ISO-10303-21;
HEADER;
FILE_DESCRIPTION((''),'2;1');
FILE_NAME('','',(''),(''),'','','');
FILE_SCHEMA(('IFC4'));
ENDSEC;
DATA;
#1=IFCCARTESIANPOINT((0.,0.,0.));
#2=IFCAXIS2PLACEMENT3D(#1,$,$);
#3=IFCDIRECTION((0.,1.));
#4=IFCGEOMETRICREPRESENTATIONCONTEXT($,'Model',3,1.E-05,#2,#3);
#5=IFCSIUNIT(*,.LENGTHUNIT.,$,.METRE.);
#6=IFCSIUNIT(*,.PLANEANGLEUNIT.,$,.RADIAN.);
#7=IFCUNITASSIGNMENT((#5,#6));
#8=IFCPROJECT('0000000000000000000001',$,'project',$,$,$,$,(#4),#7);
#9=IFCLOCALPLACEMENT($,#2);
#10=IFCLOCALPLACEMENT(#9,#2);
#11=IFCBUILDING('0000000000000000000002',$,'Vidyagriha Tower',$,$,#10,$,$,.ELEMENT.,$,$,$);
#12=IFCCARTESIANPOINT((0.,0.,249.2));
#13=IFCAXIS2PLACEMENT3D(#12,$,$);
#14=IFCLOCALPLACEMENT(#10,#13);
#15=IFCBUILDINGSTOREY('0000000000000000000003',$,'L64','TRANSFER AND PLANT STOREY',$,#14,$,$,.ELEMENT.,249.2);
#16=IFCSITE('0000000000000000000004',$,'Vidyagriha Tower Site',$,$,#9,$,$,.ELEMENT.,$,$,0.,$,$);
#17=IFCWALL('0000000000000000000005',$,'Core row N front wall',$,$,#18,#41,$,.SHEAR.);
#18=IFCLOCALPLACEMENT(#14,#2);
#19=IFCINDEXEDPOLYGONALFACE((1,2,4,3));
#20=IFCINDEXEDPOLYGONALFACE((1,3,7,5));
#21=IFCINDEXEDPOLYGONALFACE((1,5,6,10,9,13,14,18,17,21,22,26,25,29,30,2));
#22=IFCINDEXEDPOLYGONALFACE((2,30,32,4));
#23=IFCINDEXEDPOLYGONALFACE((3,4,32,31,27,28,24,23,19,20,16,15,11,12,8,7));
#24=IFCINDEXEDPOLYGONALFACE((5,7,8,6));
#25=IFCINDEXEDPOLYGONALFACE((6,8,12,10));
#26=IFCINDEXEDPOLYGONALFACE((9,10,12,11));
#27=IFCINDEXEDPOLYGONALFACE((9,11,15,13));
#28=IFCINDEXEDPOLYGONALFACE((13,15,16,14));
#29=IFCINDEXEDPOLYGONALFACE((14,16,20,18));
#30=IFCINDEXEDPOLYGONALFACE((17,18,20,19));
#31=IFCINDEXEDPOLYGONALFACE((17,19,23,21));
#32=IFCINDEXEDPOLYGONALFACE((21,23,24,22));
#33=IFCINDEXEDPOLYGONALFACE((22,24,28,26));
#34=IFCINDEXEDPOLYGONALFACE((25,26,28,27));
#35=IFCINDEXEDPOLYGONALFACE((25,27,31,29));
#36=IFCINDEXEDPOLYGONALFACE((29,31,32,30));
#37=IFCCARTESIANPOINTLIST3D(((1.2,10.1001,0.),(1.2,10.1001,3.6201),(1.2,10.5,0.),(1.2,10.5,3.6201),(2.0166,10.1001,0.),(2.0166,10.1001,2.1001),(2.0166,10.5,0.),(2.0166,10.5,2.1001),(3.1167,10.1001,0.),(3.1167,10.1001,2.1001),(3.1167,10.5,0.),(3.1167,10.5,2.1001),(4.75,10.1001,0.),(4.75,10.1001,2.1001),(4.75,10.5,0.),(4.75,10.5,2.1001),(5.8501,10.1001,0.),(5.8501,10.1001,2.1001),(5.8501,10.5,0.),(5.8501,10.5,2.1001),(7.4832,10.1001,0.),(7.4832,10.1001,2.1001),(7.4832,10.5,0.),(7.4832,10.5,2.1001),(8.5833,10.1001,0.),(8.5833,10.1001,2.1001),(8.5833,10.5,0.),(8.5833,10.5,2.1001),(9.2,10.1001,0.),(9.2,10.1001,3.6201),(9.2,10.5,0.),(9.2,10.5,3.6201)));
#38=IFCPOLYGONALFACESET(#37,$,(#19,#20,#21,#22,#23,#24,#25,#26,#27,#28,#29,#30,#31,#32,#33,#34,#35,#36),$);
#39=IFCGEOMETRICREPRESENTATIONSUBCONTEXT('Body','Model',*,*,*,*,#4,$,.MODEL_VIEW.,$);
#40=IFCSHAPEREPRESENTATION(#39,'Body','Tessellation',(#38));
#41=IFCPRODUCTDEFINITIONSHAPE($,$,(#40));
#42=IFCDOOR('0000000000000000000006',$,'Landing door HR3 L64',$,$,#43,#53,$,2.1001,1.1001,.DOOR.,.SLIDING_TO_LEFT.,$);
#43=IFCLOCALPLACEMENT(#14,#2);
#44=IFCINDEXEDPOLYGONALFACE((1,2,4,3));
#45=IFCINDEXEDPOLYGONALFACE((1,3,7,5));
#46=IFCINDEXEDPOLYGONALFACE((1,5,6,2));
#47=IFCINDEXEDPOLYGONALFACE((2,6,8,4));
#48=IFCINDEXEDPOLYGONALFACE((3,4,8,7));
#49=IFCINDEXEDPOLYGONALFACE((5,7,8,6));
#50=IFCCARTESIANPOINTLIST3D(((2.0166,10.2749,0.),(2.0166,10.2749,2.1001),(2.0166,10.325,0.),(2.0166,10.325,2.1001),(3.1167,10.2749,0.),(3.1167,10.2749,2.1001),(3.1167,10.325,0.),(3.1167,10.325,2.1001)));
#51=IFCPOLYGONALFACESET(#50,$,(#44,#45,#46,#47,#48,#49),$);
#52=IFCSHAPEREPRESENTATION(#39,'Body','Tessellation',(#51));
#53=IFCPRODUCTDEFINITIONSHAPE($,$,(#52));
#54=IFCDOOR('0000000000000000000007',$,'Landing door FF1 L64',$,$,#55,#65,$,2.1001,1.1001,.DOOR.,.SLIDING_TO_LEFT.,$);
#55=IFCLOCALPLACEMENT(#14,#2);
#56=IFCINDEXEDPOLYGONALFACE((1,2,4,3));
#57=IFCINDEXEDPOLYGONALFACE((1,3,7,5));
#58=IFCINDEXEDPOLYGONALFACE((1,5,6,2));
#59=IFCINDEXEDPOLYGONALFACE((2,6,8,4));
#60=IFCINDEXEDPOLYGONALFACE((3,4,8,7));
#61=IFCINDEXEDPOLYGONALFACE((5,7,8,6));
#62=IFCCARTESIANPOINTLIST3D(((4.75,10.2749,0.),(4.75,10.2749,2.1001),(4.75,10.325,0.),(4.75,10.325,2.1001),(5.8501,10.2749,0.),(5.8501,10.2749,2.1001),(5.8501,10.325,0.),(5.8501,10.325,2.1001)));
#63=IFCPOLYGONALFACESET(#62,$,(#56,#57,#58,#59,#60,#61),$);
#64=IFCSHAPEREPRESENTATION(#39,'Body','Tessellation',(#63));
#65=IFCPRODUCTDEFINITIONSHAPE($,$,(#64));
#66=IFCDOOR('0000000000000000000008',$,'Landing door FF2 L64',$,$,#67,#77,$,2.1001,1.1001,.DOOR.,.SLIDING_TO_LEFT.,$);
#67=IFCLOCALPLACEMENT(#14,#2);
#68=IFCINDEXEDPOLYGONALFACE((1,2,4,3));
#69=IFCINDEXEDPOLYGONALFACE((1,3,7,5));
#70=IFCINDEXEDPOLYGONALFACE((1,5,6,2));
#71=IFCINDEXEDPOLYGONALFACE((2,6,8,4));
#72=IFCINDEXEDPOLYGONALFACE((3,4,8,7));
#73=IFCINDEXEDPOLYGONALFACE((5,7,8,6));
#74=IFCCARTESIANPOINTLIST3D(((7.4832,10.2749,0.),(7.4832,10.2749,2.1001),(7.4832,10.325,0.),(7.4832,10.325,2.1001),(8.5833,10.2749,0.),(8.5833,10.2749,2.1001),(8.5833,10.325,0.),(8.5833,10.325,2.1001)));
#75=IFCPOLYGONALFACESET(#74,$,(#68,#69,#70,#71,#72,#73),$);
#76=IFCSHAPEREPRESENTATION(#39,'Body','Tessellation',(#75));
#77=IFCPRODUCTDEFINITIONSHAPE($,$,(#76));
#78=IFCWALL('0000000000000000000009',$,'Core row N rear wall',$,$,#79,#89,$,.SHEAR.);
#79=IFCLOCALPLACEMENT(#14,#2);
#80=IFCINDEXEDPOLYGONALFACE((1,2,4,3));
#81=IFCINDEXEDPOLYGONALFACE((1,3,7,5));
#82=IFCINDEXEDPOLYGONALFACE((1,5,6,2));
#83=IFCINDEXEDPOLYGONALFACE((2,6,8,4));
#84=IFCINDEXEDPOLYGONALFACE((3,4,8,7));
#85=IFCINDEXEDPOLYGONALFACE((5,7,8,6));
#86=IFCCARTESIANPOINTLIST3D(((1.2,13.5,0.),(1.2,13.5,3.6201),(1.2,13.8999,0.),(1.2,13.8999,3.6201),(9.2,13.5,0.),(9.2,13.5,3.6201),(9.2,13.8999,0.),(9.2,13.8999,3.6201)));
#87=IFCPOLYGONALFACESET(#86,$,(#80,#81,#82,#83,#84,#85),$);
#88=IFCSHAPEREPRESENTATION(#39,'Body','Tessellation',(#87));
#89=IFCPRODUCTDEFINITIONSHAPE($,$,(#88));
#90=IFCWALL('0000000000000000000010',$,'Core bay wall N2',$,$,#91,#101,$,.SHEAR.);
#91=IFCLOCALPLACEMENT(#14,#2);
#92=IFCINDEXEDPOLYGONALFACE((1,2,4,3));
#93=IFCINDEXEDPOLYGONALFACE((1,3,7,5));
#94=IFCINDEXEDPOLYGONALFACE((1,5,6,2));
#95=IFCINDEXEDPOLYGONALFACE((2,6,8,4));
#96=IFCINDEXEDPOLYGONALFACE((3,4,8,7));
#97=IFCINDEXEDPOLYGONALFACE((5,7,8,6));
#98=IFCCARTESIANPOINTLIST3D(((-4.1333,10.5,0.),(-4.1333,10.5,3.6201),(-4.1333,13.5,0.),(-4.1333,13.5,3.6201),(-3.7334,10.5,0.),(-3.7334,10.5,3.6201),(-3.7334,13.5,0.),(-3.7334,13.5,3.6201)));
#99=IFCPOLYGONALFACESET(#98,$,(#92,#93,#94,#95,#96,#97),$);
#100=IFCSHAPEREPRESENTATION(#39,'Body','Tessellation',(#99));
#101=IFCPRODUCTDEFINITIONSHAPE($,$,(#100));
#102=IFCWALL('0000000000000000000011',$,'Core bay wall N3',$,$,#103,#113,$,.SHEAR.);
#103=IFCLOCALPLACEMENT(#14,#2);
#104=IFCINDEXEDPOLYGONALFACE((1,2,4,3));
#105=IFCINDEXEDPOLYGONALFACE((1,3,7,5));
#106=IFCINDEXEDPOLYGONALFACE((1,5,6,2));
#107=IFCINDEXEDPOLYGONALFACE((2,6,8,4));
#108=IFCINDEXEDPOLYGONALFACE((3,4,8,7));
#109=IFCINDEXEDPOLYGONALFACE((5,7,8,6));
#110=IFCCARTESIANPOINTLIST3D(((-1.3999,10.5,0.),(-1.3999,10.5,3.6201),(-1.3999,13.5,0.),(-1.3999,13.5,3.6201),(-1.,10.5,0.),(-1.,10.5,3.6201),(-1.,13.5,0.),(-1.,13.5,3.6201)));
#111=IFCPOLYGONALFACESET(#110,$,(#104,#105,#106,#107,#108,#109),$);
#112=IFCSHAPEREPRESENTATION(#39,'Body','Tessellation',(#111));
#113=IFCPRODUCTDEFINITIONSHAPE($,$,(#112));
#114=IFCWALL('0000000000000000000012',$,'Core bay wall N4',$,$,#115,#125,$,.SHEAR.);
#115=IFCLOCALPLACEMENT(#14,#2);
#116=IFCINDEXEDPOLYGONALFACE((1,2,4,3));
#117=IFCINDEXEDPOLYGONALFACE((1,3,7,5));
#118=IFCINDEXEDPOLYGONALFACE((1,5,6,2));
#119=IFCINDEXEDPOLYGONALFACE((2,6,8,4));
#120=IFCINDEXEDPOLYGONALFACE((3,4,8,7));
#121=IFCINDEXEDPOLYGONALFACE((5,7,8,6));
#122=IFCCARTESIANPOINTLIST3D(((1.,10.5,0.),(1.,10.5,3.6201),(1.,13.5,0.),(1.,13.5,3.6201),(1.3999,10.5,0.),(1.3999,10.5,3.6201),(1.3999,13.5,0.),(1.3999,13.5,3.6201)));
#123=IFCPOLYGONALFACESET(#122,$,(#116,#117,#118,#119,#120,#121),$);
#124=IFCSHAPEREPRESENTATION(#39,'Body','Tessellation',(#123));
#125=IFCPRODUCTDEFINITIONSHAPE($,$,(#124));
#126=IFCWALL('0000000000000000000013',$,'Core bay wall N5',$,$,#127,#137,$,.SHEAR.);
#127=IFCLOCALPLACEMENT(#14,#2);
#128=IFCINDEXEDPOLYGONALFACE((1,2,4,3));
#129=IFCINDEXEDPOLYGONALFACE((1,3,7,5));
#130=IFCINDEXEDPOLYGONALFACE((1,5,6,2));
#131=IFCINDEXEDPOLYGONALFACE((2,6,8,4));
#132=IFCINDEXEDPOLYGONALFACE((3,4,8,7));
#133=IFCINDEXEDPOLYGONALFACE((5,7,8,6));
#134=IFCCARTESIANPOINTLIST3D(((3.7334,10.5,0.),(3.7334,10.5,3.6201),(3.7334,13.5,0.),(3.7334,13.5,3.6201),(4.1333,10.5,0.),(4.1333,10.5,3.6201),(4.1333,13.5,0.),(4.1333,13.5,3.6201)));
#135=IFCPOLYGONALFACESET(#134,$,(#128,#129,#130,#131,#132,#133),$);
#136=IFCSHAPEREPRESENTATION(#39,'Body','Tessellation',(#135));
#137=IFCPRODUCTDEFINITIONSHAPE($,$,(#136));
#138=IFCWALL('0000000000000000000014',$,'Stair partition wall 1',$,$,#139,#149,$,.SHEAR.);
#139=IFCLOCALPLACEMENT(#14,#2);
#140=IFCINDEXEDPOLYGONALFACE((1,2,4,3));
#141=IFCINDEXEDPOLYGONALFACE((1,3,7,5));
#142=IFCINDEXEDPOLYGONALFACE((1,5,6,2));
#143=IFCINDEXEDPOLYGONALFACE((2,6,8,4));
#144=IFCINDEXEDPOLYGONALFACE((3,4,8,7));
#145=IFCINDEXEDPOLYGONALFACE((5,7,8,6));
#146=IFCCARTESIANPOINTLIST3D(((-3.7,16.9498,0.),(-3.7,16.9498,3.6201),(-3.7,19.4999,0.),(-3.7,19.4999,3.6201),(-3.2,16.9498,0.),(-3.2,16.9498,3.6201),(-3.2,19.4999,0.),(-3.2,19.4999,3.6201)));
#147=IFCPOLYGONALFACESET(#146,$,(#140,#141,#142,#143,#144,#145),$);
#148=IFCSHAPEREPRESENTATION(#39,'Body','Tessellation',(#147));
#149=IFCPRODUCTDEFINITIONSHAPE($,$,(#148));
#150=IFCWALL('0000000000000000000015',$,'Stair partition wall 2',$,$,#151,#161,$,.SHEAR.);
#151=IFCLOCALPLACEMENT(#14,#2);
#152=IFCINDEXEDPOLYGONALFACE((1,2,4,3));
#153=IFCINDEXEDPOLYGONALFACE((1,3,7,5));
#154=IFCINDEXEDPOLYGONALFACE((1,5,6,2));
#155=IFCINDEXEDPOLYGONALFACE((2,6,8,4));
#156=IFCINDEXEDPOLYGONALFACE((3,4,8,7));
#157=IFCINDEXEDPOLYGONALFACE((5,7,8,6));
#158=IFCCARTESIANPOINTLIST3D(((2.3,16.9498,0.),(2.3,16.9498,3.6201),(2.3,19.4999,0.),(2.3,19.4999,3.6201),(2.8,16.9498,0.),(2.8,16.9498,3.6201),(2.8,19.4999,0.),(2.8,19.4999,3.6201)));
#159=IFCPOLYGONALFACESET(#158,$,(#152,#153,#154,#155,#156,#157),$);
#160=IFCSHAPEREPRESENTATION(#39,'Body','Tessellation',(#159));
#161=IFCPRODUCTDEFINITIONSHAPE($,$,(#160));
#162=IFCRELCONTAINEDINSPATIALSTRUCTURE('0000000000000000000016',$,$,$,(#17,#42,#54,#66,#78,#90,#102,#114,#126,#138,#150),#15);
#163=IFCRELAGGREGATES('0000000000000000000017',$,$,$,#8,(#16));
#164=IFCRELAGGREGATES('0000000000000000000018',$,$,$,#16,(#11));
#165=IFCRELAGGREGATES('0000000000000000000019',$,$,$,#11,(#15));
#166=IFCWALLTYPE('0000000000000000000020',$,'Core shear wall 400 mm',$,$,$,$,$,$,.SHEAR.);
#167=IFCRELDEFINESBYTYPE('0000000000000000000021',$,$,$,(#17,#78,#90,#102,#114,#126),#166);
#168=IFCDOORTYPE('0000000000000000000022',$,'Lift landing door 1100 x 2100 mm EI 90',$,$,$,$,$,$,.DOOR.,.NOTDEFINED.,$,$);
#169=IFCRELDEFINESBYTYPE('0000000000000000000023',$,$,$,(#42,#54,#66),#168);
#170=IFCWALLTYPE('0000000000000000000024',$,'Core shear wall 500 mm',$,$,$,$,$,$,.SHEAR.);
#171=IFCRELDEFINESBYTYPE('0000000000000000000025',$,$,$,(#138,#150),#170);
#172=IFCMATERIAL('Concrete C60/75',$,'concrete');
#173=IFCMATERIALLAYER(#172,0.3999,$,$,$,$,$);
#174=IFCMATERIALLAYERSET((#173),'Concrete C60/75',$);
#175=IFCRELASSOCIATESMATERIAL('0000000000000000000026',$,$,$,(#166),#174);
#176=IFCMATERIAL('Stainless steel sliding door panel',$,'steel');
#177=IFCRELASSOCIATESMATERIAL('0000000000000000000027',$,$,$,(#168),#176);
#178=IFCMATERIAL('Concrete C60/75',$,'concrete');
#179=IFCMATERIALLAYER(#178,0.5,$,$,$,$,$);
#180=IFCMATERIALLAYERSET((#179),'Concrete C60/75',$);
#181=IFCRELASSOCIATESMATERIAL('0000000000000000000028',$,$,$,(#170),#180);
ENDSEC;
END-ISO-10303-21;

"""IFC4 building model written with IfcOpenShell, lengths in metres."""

from ifc_helpers import new_model, si_unit, direction, frame, frame_2d, origin, place, context, subcontext, project, spatial, rectangle, extrude, material, layer, layer_set, type_object, element, fill, save


model = new_model("IFC4")

# Units and contexts
model_context = context("Model", 3, precision=1e-05, world=origin(), true_north=direction((0.0, 1.0)))
body_context = subcontext(model_context, "Body", "Model", "MODEL_VIEW")
ifc_project = project(units=[si_unit("LENGTHUNIT", "METRE"), si_unit("PLANEANGLEUNIT", "RADIAN")], contexts=[model_context])

# Site, building, storey
site_placement = place(None, origin())
site = spatial("IfcSite", under=ifc_project, at=site_placement, Name="Vidyagriha Tower Site", CompositionType="ELEMENT", RefElevation=0.0)
building_placement = place(site_placement, origin())
building = spatial("IfcBuilding", under=site, at=building_placement, Name="Vidyagriha Tower", CompositionType="ELEMENT")
storey_placement = place(building_placement, frame((0.0, 0.0, 249.2)))
storey = spatial("IfcBuildingStorey", under=building, at=storey_placement, Name="L64", Description="TRANSFER AND PLANT STOREY", CompositionType="ELEMENT", Elevation=249.2)

# Wall, openings, doors
ifc_material_1 = material(Name="Concrete C60/75", Category="concrete")
ifc_layer_1 = layer(ifc_material_1, 0.3999)
ifc_layer_set_1 = layer_set([ifc_layer_1], Name="Concrete C60/75")
wall_type_1 = type_object("IfcWallType", Name="Core shear wall 400 mm", PredefinedType="SHEAR", material=ifc_layer_set_1)
wall_1_placement = place(storey_placement, frame((1.2, 10.3, 0.0)))
wall_1 = element("IfcWall", 1, at=wall_1_placement, inside=storey, type_object=wall_type_1, Name="Core row N front wall", PredefinedType="SHEAR", context=body_context, shape_type="SweptSolid", body=[
    extrude(rectangle(XDim=8.0, YDim=0.3999, at=frame_2d((4.0, 0.0))), origin(), (0.0, 0.0, 1.0), 3.6201),
])
opening_1_placement = place(wall_1_placement, frame((0.8167, 0.0, 0.0)))
opening_1 = element("IfcOpeningElement", 2, at=opening_1_placement, cuts=wall_1, PredefinedType="OPENING", context=body_context, shape_type="SweptSolid", body=[
    extrude(rectangle(XDim=1.1001, YDim=2.1001, at=frame_2d((0.55, 1.05))), frame((0.0, 0.21, 0.0), z_axis=(0.0, -1.0, 0.0), x_axis=(1.0, 0.0, 0.0)), (0.0, 0.0, 1.0), 0.4199),
])
opening_2_placement = place(wall_1_placement, frame((3.55, 0.0, 0.0)))
opening_2 = element("IfcOpeningElement", 3, at=opening_2_placement, cuts=wall_1, PredefinedType="OPENING", context=body_context, shape_type="SweptSolid", body=[
    extrude(rectangle(XDim=1.1001, YDim=2.1001, at=frame_2d((0.55, 1.05))), frame((0.0, 0.21, 0.0), z_axis=(0.0, -1.0, 0.0), x_axis=(1.0, 0.0, 0.0)), (0.0, 0.0, 1.0), 0.4199),
])
opening_3_placement = place(wall_1_placement, frame((6.2832, 0.0, 0.0)))
opening_3 = element("IfcOpeningElement", 4, at=opening_3_placement, cuts=wall_1, PredefinedType="OPENING", context=body_context, shape_type="SweptSolid", body=[
    extrude(rectangle(XDim=1.1001, YDim=2.1001, at=frame_2d((0.55, 1.05))), frame((0.0, 0.21, 0.0), z_axis=(0.0, -1.0, 0.0), x_axis=(1.0, 0.0, 0.0)), (0.0, 0.0, 1.0), 0.4199),
])
ifc_material_2 = material(Name="Stainless steel sliding door panel", Category="steel")
door_type_1 = type_object("IfcDoorType", Name="Lift landing door 1100 x 2100 mm EI 90", OperationType="NOTDEFINED", PredefinedType="DOOR", material=ifc_material_2)
door_1_placement = place(opening_1_placement, origin())
door_1 = element("IfcDoor", 5, at=door_1_placement, inside=storey, type_object=door_type_1, Name="Landing door HR3 L64", OperationType="SLIDING_TO_LEFT", OverallHeight=2.1001, OverallWidth=1.1001, PredefinedType="DOOR", context=body_context, shape_type="SweptSolid", body=[
    extrude(rectangle(XDim=1.1001, YDim=2.1001, at=frame_2d((0.55, 1.05))), frame((0.0, 0.0249, 0.0), z_axis=(0.0, -1.0, 0.0), x_axis=(1.0, 0.0, 0.0)), (0.0, 0.0, 1.0), 0.05),
])
fill(opening_1, door_1)
door_2_placement = place(opening_2_placement, origin())
door_2 = element("IfcDoor", 6, at=door_2_placement, inside=storey, type_object=door_type_1, Name="Landing door FF1 L64", OperationType="SLIDING_TO_LEFT", OverallHeight=2.1001, OverallWidth=1.1001, PredefinedType="DOOR", context=body_context, shape_type="SweptSolid", body=[
    extrude(rectangle(XDim=1.1001, YDim=2.1001, at=frame_2d((0.55, 1.05))), frame((0.0, 0.0249, 0.0), z_axis=(0.0, -1.0, 0.0), x_axis=(1.0, 0.0, 0.0)), (0.0, 0.0, 1.0), 0.05),
])
fill(opening_2, door_2)
door_3_placement = place(opening_3_placement, origin())
door_3 = element("IfcDoor", 7, at=door_3_placement, inside=storey, type_object=door_type_1, Name="Landing door FF2 L64", OperationType="SLIDING_TO_LEFT", OverallHeight=2.1001, OverallWidth=1.1001, PredefinedType="DOOR", context=body_context, shape_type="SweptSolid", body=[
    extrude(rectangle(XDim=1.1001, YDim=2.1001, at=frame_2d((0.55, 1.05))), frame((0.0, 0.0249, 0.0), z_axis=(0.0, -1.0, 0.0), x_axis=(1.0, 0.0, 0.0)), (0.0, 0.0, 1.0), 0.05),
])
fill(opening_3, door_3)

# Walls
wall_2_placement = place(storey_placement, frame((1.2, 13.7, 0.0)))
element("IfcWall", 8, at=wall_2_placement, inside=storey, type_object=wall_type_1, Name="Core row N rear wall", PredefinedType="SHEAR", context=body_context, shape_type="SweptSolid", body=[
    extrude(rectangle(XDim=8.0, YDim=0.3999, at=frame_2d((4.0, 0.0))), origin(), (0.0, 0.0, 1.0), 3.6201),
])
for number, where, z_axis, x_axis, name in (
    (9, (-3.9333, 10.5, 0.0), (0.0, 0.0, 1.0), (0.0, 1.0, 0.0), "Core bay wall N2"),
    (10, (-1.2, 10.5, 0.0), (0.0, 0.0, 1.0), (0.0, 1.0, 0.0), "Core bay wall N3"),
    (11, (1.2, 10.5, 0.0), (0.0, 0.0, 1.0), (0.0, 1.0, 0.0), "Core bay wall N4"),
    (12, (3.9333, 10.5, 0.0), (0.0, 0.0, 1.0), (0.0, 1.0, 0.0), "Core bay wall N5"),
):
    element("IfcWall", number, at=place(storey_placement, frame(where, z_axis=z_axis, x_axis=x_axis)), inside=storey, type_object=wall_type_1, Name=name, PredefinedType="SHEAR", context=body_context, shape_type="SweptSolid", body=[
        extrude(rectangle(XDim=3.0, YDim=0.3999, at=frame_2d((1.5, 0.0))), origin(), (0.0, 0.0, 1.0), 3.6201),
    ])
ifc_material_3 = material(Name="Concrete C60/75", Category="concrete")
ifc_layer_2 = layer(ifc_material_3, 0.5)
ifc_layer_set_2 = layer_set([ifc_layer_2], Name="Concrete C60/75")
wall_type_2 = type_object("IfcWallType", Name="Core shear wall 500 mm", PredefinedType="SHEAR", material=ifc_layer_set_2)
for number, where, z_axis, x_axis, name in (
    (13, (-3.45, 16.95, 0.0), (0.0, 0.0, 1.0), (0.0, 1.0, 0.0), "Stair partition wall 1"),
    (14, (2.55, 16.95, 0.0), (0.0, 0.0, 1.0), (0.0, 1.0, 0.0), "Stair partition wall 2"),
):
    element("IfcWall", number, at=place(storey_placement, frame(where, z_axis=z_axis, x_axis=x_axis)), inside=storey, type_object=wall_type_2, Name=name, PredefinedType="SHEAR", context=body_context, shape_type="SweptSolid", body=[
        extrude(rectangle(XDim=2.55, YDim=0.5, at=frame_2d((1.2749, 0.0))), origin(), (0.0, 0.0, 1.0), 3.6201),
    ])

save(model, "model.ifc")
